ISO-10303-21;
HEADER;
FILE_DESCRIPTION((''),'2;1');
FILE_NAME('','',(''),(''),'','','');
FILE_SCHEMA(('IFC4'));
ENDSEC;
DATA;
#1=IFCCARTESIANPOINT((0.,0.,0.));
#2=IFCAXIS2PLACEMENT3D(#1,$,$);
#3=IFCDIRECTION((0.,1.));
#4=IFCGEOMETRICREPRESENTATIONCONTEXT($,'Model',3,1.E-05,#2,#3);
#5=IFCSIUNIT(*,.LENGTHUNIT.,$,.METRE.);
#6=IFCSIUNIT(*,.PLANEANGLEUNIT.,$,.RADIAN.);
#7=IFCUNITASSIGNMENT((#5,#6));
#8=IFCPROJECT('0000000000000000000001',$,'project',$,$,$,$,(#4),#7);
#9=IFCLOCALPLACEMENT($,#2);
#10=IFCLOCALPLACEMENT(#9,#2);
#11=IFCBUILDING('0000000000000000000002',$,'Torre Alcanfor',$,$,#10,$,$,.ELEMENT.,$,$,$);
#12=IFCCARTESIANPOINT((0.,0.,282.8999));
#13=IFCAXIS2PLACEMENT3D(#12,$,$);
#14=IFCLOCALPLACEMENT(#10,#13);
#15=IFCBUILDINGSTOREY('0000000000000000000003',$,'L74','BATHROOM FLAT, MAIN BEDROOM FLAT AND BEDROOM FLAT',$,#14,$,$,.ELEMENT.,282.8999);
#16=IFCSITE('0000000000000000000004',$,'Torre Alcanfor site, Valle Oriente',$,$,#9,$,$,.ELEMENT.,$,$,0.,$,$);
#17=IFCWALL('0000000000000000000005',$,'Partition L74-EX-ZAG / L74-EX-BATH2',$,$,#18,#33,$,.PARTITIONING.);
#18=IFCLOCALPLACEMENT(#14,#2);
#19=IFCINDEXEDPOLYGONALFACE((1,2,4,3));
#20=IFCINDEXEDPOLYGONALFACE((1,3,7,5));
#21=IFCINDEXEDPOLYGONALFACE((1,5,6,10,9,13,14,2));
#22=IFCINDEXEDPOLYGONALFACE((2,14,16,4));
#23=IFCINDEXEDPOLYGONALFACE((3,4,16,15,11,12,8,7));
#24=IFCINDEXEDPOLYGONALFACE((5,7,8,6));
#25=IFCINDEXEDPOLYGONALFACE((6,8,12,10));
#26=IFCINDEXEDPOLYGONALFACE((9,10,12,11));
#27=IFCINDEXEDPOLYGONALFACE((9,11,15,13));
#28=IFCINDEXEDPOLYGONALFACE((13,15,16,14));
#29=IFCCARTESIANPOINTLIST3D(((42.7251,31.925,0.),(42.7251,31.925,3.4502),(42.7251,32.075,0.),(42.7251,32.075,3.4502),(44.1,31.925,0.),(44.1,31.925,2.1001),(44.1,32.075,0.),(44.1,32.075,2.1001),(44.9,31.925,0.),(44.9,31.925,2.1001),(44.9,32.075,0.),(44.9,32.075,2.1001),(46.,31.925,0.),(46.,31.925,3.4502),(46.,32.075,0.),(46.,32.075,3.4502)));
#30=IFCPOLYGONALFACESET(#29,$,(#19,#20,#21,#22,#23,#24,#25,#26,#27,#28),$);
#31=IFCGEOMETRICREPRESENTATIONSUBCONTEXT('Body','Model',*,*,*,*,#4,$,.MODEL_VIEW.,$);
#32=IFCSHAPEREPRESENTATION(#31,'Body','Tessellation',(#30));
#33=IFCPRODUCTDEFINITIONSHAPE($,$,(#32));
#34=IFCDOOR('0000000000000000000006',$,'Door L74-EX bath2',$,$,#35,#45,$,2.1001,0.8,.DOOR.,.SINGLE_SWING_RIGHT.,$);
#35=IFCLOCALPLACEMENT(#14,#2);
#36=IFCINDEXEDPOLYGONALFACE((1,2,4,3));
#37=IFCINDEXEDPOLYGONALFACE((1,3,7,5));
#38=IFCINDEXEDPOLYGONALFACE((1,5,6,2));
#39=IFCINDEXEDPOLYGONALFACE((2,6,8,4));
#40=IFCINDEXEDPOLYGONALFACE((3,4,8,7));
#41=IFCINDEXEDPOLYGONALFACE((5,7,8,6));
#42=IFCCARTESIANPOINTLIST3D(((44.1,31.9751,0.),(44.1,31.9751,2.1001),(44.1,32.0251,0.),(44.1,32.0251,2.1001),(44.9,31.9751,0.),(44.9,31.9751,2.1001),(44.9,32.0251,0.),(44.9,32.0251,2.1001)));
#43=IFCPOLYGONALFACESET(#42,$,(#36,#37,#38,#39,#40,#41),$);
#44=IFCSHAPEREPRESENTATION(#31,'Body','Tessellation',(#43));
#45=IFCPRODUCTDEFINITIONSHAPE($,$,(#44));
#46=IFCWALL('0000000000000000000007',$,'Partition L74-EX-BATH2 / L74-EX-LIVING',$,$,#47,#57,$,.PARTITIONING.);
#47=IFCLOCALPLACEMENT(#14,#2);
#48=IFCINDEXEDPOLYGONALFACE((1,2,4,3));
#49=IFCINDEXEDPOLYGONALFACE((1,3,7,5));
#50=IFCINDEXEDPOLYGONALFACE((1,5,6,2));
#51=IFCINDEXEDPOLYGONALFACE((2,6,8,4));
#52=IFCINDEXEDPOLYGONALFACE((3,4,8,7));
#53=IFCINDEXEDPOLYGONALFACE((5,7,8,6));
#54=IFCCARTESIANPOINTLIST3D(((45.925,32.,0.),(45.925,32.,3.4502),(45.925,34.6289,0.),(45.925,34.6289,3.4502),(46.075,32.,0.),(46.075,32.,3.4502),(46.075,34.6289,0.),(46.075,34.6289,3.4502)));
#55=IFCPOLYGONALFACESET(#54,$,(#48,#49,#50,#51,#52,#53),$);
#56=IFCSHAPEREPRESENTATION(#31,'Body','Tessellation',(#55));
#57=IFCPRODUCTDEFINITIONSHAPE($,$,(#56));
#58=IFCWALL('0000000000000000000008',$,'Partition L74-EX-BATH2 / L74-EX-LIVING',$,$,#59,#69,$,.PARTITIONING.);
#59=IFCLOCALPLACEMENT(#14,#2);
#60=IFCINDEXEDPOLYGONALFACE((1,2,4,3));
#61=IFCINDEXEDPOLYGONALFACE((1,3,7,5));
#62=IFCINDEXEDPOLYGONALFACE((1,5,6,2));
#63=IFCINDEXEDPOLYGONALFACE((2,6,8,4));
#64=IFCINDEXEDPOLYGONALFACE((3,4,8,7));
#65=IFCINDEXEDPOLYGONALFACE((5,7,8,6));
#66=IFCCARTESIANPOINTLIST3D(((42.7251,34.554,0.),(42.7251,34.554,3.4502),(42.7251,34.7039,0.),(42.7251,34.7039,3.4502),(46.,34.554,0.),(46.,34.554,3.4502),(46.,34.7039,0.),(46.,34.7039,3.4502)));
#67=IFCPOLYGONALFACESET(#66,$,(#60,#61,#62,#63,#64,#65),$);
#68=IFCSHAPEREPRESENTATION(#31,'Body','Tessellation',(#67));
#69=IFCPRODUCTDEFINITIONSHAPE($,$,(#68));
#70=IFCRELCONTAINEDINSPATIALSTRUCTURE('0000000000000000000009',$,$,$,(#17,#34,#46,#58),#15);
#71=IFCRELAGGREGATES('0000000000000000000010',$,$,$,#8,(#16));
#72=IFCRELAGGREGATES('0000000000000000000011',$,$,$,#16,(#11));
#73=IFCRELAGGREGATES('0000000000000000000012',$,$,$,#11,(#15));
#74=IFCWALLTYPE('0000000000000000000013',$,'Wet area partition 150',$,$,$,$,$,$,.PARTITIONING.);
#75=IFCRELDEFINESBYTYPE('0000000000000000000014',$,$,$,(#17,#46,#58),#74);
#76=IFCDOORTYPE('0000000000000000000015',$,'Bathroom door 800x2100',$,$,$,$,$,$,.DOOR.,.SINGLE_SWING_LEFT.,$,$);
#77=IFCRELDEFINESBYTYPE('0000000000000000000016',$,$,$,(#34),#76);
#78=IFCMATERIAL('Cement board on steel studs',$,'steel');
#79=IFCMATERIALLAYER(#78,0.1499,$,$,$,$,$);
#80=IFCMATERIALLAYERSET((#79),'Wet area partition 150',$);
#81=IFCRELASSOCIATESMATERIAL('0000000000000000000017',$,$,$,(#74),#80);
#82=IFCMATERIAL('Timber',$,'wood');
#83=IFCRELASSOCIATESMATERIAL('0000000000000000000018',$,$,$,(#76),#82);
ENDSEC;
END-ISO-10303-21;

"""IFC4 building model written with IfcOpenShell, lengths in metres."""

from ifc_helpers import new_model, si_unit, direction, frame, frame_2d, origin, place, context, subcontext, project, spatial, rectangle, extrude, material, layer, layer_set, type_object, element, fill, save


model = new_model("IFC4")

# Units and contexts
model_context = context("Model", 3, precision=1e-05, world=origin(), true_north=direction((0.0, 1.0)))
body_context = subcontext(model_context, "Body", "Model", "MODEL_VIEW")
ifc_project = project(units=[si_unit("LENGTHUNIT", "METRE"), si_unit("PLANEANGLEUNIT", "RADIAN")], contexts=[model_context])

# Site, building, storey
site_placement = place(None, origin())
site = spatial("IfcSite", under=ifc_project, at=site_placement, Name="Torre Alcanfor site, Valle Oriente", CompositionType="ELEMENT", RefElevation=0.0)
building_placement = place(site_placement, origin())
building = spatial("IfcBuilding", under=site, at=building_placement, Name="Torre Alcanfor", CompositionType="ELEMENT")
storey_placement = place(building_placement, frame((0.0, 0.0, 282.8999)))
storey = spatial("IfcBuildingStorey", under=building, at=storey_placement, Name="L74", Description="BATHROOM FLAT, MAIN BEDROOM FLAT AND BEDROOM FLAT", CompositionType="ELEMENT", Elevation=282.8999)

# Wall, opening, door
ifc_material_1 = material(Name="Cement board on steel studs", Category="steel")
ifc_layer_1 = layer(ifc_material_1, 0.1499)
ifc_layer_set_1 = layer_set([ifc_layer_1], Name="Wet area partition 150")
wall_type_1 = type_object("IfcWallType", Name="Wet area partition 150", PredefinedType="PARTITIONING", material=ifc_layer_set_1)
wall_1_placement = place(storey_placement, frame((46.0, 32.0, 0.0), z_axis=(0.0, 0.0, 1.0), x_axis=(-1.0, 0.0, 0.0)))
wall_1 = element("IfcWall", 1, at=wall_1_placement, inside=storey, type_object=wall_type_1, Name="Partition L74-EX-ZAG / L74-EX-BATH2", PredefinedType="PARTITIONING", context=body_context, shape_type="SweptSolid", body=[
    extrude(rectangle(XDim=3.2749, YDim=0.1499, at=frame_2d((1.6375, 0.0))), origin(), (0.0, 0.0, 1.0), 3.4502),
])
opening_1_placement = place(wall_1_placement, frame((1.1001, 0.0, 0.0)))
opening_1 = element("IfcOpeningElement", 2, at=opening_1_placement, cuts=wall_1, PredefinedType="OPENING", context=body_context, shape_type="SweptSolid", body=[
    extrude(rectangle(XDim=0.8, YDim=2.1001, at=frame_2d((0.3999, 1.05))), frame((0.0, 0.085, 0.0), z_axis=(0.0, -1.0, 0.0), x_axis=(1.0, 0.0, 0.0)), (0.0, 0.0, 1.0), 0.1699),
])
ifc_material_2 = material(Name="Timber", Category="wood")
door_type_1 = type_object("IfcDoorType", Name="Bathroom door 800x2100", OperationType="SINGLE_SWING_LEFT", PredefinedType="DOOR", material=ifc_material_2)
door_1_placement = place(opening_1_placement, frame((0.8, 0.0, 0.0), z_axis=(0.0, 0.0, 1.0), x_axis=(-1.0, 0.0, 0.0)))
door_1 = element("IfcDoor", 3, at=door_1_placement, inside=storey, type_object=door_type_1, Name="Door L74-EX bath2", OperationType="SINGLE_SWING_RIGHT", OverallHeight=2.1001, OverallWidth=0.8, PredefinedType="DOOR", context=body_context, shape_type="SweptSolid", body=[
    extrude(rectangle(XDim=0.8, YDim=2.1001, at=frame_2d((0.4001, 1.05))), frame((0.0, 0.0251, 0.0), z_axis=(0.0, -1.0, 0.0), x_axis=(1.0, 0.0, 0.0)), (0.0, 0.0, 1.0), 0.05),
])
fill(opening_1, door_1)

# Walls
wall_2_placement = place(storey_placement, frame((46.0, 32.0, 0.0), z_axis=(0.0, 0.0, 1.0), x_axis=(0.0, 1.0, 0.0)))
element("IfcWall", 4, at=wall_2_placement, inside=storey, type_object=wall_type_1, Name="Partition L74-EX-BATH2 / L74-EX-LIVING", PredefinedType="PARTITIONING", context=body_context, shape_type="SweptSolid", body=[
    extrude(rectangle(XDim=2.6289, YDim=0.1499, at=frame_2d((1.3145, 0.0))), origin(), (0.0, 0.0, 1.0), 3.4502),
])
wall_3_placement = place(storey_placement, frame((46.0, 34.6289, 0.0), z_axis=(0.0, 0.0, 1.0), x_axis=(-1.0, 0.0, 0.0)))
element("IfcWall", 5, at=wall_3_placement, inside=storey, type_object=wall_type_1, Name="Partition L74-EX-BATH2 / L74-EX-LIVING", PredefinedType="PARTITIONING", context=body_context, shape_type="SweptSolid", body=[
    extrude(rectangle(XDim=3.2749, YDim=0.1499, at=frame_2d((1.6375, 0.0))), origin(), (0.0, 0.0, 1.0), 3.4502),
])

save(model, "model.ifc")
